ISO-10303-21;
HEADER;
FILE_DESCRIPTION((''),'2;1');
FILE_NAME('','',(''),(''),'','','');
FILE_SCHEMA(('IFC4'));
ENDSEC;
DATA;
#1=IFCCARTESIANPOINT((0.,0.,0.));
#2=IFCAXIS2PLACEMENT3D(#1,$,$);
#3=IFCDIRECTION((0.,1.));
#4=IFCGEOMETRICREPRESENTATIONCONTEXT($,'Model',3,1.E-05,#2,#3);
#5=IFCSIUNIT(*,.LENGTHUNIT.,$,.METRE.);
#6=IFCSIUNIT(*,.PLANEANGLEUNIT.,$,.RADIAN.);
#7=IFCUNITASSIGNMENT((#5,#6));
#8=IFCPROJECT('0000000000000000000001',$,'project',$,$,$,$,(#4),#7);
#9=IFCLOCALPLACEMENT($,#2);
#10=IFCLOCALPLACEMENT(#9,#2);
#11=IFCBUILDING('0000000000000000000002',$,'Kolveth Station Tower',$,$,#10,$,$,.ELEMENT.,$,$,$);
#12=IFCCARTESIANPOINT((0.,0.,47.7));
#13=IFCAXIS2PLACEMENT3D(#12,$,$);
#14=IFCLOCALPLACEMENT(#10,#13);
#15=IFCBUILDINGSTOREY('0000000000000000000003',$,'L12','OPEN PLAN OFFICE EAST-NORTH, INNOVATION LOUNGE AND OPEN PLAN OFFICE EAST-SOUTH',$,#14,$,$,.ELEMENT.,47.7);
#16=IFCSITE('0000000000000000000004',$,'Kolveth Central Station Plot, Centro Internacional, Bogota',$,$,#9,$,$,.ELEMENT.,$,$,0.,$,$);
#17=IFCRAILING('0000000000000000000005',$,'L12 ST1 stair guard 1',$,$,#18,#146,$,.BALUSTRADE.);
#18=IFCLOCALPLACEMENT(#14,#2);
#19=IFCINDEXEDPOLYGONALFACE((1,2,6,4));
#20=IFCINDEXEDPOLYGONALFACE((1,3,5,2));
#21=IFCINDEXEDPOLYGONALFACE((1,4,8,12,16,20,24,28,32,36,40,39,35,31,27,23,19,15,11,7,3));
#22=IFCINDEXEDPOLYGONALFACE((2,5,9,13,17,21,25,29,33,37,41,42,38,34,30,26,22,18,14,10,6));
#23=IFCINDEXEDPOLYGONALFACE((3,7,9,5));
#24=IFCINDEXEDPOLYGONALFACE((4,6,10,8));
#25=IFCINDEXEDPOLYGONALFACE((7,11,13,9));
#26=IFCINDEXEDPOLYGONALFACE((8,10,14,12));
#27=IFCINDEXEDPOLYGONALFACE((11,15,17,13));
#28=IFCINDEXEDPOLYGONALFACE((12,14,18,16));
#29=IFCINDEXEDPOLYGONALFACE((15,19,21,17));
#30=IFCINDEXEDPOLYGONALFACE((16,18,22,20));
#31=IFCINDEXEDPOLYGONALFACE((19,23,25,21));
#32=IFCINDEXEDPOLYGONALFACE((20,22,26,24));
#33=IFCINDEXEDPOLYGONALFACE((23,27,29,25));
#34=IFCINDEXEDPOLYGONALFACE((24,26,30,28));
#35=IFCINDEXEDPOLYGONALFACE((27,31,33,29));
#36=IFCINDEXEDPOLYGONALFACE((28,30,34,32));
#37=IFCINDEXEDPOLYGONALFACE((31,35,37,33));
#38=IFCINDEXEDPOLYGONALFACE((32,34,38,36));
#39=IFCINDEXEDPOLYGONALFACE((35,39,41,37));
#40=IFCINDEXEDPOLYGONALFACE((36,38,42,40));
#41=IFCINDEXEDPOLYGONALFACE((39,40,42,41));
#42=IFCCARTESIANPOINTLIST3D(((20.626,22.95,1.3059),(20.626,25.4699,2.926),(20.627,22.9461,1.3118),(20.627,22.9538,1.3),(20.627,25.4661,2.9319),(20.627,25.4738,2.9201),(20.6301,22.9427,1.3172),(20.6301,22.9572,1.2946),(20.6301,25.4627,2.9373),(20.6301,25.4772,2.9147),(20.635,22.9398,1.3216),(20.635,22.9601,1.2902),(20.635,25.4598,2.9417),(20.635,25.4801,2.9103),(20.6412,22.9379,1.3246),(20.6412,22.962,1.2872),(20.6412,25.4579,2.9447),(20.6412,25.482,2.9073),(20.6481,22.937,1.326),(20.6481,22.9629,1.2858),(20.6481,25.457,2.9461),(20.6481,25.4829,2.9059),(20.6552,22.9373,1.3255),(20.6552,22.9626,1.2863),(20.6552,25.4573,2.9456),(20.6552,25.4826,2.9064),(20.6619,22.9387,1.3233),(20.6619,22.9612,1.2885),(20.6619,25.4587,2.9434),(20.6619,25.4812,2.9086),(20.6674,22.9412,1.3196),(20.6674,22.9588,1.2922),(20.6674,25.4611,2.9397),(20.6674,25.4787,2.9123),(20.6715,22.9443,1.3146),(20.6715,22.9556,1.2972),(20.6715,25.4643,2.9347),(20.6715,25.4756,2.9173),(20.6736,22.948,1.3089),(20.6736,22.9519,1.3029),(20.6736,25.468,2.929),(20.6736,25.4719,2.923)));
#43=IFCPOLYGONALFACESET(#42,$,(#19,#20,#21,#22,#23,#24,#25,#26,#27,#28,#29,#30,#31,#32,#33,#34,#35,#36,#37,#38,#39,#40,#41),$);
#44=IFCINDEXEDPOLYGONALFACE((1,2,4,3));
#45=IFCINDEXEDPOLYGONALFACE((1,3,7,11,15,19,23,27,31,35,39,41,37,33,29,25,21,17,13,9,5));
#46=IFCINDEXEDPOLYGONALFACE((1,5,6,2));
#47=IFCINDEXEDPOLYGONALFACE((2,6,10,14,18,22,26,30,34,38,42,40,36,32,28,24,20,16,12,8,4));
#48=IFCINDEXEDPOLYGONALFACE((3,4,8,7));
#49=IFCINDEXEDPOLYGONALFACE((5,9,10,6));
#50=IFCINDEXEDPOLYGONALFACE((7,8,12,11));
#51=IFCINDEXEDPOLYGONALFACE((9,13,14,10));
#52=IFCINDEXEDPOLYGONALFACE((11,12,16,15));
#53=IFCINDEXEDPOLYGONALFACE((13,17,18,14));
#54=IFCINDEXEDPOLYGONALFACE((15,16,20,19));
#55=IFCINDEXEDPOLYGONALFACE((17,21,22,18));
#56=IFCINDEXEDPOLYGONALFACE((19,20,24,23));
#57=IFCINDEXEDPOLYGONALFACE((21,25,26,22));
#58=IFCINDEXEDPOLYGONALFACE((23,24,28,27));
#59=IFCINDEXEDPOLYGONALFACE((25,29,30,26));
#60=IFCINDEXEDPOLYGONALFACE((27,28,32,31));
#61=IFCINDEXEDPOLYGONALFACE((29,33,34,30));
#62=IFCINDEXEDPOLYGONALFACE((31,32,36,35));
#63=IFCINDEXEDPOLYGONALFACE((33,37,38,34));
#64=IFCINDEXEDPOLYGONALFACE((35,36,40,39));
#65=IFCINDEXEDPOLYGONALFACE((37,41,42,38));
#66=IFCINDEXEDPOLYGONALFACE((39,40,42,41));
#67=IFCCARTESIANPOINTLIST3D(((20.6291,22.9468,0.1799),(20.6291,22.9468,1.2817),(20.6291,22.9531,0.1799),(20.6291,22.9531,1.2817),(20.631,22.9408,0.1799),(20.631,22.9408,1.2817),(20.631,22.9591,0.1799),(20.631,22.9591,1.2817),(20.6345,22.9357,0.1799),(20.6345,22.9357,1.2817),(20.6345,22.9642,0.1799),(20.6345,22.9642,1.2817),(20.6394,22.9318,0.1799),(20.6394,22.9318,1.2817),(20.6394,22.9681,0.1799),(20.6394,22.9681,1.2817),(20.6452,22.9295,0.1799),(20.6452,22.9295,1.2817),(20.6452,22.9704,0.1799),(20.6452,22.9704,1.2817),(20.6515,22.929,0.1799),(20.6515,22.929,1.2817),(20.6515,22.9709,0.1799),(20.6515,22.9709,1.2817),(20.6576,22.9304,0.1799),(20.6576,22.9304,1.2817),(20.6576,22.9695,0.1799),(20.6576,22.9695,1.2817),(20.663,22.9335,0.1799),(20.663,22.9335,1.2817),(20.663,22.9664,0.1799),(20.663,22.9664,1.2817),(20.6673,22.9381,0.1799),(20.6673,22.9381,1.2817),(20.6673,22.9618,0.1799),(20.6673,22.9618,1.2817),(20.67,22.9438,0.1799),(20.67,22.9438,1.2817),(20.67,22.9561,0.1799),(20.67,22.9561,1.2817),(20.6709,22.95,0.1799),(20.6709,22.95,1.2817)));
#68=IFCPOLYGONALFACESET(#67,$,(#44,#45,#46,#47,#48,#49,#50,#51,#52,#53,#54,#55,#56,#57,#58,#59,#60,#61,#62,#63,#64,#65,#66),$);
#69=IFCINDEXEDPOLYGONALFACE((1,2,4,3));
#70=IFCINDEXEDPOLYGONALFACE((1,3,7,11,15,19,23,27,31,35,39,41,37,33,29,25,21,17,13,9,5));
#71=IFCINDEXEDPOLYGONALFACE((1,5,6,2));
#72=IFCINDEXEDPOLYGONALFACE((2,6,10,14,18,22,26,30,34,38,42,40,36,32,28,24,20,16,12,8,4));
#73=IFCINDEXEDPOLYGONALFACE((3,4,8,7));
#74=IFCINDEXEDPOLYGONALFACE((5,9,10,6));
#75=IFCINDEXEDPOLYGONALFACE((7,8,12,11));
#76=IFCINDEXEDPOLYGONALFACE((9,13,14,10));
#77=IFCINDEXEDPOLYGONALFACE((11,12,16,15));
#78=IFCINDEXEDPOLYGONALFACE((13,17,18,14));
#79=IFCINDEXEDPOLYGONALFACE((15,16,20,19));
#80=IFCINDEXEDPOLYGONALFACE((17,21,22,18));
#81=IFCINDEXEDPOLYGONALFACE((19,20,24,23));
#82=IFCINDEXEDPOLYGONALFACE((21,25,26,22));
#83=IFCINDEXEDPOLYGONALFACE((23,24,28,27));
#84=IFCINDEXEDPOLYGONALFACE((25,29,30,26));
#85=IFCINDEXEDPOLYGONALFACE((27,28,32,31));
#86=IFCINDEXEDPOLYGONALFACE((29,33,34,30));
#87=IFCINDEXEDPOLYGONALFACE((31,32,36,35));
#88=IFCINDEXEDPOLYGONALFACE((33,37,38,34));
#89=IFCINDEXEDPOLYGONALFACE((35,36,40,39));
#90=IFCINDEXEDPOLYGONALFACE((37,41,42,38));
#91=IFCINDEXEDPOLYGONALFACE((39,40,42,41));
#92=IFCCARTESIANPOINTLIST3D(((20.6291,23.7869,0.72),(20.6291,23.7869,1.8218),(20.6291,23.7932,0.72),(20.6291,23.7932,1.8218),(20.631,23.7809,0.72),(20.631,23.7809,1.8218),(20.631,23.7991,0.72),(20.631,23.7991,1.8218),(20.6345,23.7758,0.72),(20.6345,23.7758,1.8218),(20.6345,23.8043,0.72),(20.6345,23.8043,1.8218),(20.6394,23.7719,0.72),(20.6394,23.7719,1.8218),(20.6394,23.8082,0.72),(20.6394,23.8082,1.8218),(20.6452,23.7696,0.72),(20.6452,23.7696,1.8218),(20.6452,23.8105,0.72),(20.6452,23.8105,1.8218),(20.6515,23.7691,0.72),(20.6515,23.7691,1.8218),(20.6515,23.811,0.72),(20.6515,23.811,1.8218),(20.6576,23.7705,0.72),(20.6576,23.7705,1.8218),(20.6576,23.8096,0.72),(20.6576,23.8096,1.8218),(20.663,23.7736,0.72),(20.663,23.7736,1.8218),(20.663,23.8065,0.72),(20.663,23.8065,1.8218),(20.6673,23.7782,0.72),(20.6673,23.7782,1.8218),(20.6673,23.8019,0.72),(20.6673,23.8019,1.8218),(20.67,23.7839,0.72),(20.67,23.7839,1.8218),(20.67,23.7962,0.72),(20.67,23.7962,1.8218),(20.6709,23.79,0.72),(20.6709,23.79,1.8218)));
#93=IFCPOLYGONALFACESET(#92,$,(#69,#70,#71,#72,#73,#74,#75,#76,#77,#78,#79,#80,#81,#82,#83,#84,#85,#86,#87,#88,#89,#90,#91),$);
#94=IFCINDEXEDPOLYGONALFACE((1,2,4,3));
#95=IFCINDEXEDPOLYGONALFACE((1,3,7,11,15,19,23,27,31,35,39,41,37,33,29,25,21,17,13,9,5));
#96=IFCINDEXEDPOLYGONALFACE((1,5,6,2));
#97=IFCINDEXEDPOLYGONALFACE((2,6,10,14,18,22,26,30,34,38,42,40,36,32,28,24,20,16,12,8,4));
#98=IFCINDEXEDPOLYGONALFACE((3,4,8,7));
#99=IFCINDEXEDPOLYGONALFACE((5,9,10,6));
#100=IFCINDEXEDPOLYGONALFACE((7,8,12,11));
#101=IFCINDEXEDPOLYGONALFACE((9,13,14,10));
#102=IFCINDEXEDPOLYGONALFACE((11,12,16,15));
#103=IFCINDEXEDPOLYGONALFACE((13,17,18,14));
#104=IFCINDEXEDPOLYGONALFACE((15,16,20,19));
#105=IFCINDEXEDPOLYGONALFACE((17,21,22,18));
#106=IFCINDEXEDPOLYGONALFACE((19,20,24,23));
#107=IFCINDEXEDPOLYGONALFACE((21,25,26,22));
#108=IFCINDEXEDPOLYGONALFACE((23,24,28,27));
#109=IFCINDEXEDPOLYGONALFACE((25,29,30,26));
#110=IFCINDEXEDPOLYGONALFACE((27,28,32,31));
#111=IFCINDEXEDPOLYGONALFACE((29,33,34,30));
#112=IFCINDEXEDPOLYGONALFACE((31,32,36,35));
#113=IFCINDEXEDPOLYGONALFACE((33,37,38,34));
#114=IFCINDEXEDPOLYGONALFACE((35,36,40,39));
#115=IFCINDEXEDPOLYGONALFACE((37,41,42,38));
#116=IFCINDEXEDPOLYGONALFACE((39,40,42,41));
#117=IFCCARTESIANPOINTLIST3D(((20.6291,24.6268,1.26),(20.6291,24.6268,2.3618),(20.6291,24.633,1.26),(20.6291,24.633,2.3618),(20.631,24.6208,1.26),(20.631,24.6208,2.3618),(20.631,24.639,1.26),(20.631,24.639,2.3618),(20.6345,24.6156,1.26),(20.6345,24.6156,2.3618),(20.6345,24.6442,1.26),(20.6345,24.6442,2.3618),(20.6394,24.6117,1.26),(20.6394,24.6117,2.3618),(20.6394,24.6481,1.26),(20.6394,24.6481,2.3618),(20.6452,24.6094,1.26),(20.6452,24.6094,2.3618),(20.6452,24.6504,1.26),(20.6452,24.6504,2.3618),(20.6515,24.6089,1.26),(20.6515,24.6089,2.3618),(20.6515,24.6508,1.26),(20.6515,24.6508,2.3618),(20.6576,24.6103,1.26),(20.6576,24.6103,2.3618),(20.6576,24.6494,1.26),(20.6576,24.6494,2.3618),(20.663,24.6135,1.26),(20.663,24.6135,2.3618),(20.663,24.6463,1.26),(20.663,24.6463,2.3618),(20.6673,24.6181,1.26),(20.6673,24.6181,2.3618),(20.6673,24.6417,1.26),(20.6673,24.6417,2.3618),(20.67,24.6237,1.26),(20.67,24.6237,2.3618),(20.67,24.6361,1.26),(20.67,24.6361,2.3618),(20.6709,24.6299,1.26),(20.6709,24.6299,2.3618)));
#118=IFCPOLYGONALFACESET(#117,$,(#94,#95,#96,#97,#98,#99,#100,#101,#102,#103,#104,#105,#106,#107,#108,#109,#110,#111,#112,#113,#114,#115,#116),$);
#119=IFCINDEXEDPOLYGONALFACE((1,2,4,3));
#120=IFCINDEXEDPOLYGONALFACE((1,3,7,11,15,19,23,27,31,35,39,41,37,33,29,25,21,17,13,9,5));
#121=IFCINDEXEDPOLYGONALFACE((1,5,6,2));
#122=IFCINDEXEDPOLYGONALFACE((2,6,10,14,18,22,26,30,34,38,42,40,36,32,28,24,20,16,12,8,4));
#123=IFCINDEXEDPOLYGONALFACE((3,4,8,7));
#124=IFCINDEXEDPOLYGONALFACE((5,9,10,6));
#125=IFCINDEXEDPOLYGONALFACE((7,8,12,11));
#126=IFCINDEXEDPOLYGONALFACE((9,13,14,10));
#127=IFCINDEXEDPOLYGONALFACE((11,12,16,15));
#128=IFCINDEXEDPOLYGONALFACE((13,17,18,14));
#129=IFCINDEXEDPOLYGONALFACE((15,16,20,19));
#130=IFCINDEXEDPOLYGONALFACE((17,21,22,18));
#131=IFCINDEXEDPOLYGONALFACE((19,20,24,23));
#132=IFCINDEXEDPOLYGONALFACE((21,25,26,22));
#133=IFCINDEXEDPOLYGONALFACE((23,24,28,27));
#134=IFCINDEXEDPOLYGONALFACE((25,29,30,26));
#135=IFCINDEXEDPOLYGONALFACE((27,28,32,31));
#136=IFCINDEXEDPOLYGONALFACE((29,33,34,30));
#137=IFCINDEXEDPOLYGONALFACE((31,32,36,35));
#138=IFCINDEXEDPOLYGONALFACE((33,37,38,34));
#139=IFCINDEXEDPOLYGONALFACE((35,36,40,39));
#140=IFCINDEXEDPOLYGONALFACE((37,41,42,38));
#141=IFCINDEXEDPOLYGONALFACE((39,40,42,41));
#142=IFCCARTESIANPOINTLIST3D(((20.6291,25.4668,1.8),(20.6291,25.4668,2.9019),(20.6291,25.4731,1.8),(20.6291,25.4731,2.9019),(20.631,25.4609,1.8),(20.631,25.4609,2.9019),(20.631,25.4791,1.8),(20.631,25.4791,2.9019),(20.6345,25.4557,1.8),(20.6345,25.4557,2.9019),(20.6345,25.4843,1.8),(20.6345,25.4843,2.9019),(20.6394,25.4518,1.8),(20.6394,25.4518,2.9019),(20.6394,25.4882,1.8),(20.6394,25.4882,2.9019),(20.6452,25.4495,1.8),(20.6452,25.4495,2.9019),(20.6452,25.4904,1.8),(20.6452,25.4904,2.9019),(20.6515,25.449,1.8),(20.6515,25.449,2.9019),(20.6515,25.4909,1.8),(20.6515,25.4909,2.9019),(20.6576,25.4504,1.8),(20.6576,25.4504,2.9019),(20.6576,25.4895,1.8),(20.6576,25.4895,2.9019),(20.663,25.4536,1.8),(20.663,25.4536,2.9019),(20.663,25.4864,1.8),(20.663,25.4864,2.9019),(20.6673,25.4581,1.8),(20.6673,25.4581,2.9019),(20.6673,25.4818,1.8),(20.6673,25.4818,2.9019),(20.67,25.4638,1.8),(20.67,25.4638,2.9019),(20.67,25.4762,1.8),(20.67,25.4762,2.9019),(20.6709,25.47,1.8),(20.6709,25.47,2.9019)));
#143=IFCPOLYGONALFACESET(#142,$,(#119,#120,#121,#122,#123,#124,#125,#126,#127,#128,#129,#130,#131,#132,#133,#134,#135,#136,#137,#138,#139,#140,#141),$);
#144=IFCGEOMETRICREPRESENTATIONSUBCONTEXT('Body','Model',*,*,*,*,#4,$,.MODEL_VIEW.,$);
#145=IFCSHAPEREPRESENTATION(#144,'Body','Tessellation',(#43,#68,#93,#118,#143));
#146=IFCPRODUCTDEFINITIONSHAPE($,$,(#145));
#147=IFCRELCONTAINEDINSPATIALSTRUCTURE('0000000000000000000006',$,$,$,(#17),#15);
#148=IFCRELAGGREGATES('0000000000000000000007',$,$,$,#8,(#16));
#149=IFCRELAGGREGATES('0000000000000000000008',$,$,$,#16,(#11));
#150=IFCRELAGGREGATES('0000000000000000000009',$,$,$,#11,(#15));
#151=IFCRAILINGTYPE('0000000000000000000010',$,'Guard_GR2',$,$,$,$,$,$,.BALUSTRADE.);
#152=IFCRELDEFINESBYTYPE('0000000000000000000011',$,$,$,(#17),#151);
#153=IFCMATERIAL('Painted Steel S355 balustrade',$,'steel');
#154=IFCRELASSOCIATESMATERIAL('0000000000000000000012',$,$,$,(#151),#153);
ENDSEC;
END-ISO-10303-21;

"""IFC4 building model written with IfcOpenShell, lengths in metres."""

from ifc_helpers import new_model, si_unit, direction, frame, origin, origin_2d, place, context, subcontext, project, spatial, circle, extrude, material, type_object, element, save


model = new_model("IFC4")

# Units and contexts
model_context = context("Model", 3, precision=1e-05, world=origin(), true_north=direction((0.0, 1.0)))
body_context = subcontext(model_context, "Body", "Model", "MODEL_VIEW")
ifc_project = project(units=[si_unit("LENGTHUNIT", "METRE"), si_unit("PLANEANGLEUNIT", "RADIAN")], contexts=[model_context])

# Site, building, storey
site_placement = place(None, origin())
site = spatial("IfcSite", under=ifc_project, at=site_placement, Name="Kolveth Central Station Plot, Centro Internacional, Bogota", CompositionType="ELEMENT", RefElevation=0.0)
building_placement = place(site_placement, origin())
building = spatial("IfcBuilding", under=site, at=building_placement, Name="Kolveth Station Tower", CompositionType="ELEMENT")
storey_placement = place(building_placement, frame((0.0, 0.0, 47.7)))
storey = spatial("IfcBuildingStorey", under=building, at=storey_placement, Name="L12", Description="OPEN PLAN OFFICE EAST-NORTH, INNOVATION LOUNGE AND OPEN PLAN OFFICE EAST-SOUTH", CompositionType="ELEMENT", Elevation=47.7)

# Railing
ifc_material_1 = material(Name="Painted Steel S355 balustrade", Category="steel")
railing_type_1 = type_object("IfcRailingType", Name="Guard_GR2", PredefinedType="BALUSTRADE", material=ifc_material_1)
railing_1_placement = place(storey_placement, frame((20.6499, 22.95, 0.1799)))
element("IfcRailing", 1, at=railing_1_placement, inside=storey, type_object=railing_type_1, Name="L12 ST1 stair guard 1", PredefinedType="BALUSTRADE", context=body_context, shape_type="SweptSolid", body=[
    extrude(circle(Radius=0.0239, at=origin_2d()), frame((0.0, 0.0, 1.126), z_axis=(0.0, 0.841163, 0.540782), x_axis=(-1.0, 0.0, 0.0)), (0.0, 0.0, 1.0), 2.9958),
    extrude(circle(Radius=0.021, at=origin_2d()), origin(), (0.0, 0.0, 1.0), 1.1018),
    extrude(circle(Radius=0.021, at=origin_2d()), frame((0.0, 0.8401, 0.54)), (0.0, 0.0, 1.0), 1.1018),
    extrude(circle(Radius=0.021, at=origin_2d()), frame((0.0, 1.6799, 1.0801)), (0.0, 0.0, 1.0), 1.1018),
    extrude(circle(Radius=0.021, at=origin_2d()), frame((0.0, 2.52, 1.6201)), (0.0, 0.0, 1.0), 1.1018),
])

save(model, "model.ifc")
